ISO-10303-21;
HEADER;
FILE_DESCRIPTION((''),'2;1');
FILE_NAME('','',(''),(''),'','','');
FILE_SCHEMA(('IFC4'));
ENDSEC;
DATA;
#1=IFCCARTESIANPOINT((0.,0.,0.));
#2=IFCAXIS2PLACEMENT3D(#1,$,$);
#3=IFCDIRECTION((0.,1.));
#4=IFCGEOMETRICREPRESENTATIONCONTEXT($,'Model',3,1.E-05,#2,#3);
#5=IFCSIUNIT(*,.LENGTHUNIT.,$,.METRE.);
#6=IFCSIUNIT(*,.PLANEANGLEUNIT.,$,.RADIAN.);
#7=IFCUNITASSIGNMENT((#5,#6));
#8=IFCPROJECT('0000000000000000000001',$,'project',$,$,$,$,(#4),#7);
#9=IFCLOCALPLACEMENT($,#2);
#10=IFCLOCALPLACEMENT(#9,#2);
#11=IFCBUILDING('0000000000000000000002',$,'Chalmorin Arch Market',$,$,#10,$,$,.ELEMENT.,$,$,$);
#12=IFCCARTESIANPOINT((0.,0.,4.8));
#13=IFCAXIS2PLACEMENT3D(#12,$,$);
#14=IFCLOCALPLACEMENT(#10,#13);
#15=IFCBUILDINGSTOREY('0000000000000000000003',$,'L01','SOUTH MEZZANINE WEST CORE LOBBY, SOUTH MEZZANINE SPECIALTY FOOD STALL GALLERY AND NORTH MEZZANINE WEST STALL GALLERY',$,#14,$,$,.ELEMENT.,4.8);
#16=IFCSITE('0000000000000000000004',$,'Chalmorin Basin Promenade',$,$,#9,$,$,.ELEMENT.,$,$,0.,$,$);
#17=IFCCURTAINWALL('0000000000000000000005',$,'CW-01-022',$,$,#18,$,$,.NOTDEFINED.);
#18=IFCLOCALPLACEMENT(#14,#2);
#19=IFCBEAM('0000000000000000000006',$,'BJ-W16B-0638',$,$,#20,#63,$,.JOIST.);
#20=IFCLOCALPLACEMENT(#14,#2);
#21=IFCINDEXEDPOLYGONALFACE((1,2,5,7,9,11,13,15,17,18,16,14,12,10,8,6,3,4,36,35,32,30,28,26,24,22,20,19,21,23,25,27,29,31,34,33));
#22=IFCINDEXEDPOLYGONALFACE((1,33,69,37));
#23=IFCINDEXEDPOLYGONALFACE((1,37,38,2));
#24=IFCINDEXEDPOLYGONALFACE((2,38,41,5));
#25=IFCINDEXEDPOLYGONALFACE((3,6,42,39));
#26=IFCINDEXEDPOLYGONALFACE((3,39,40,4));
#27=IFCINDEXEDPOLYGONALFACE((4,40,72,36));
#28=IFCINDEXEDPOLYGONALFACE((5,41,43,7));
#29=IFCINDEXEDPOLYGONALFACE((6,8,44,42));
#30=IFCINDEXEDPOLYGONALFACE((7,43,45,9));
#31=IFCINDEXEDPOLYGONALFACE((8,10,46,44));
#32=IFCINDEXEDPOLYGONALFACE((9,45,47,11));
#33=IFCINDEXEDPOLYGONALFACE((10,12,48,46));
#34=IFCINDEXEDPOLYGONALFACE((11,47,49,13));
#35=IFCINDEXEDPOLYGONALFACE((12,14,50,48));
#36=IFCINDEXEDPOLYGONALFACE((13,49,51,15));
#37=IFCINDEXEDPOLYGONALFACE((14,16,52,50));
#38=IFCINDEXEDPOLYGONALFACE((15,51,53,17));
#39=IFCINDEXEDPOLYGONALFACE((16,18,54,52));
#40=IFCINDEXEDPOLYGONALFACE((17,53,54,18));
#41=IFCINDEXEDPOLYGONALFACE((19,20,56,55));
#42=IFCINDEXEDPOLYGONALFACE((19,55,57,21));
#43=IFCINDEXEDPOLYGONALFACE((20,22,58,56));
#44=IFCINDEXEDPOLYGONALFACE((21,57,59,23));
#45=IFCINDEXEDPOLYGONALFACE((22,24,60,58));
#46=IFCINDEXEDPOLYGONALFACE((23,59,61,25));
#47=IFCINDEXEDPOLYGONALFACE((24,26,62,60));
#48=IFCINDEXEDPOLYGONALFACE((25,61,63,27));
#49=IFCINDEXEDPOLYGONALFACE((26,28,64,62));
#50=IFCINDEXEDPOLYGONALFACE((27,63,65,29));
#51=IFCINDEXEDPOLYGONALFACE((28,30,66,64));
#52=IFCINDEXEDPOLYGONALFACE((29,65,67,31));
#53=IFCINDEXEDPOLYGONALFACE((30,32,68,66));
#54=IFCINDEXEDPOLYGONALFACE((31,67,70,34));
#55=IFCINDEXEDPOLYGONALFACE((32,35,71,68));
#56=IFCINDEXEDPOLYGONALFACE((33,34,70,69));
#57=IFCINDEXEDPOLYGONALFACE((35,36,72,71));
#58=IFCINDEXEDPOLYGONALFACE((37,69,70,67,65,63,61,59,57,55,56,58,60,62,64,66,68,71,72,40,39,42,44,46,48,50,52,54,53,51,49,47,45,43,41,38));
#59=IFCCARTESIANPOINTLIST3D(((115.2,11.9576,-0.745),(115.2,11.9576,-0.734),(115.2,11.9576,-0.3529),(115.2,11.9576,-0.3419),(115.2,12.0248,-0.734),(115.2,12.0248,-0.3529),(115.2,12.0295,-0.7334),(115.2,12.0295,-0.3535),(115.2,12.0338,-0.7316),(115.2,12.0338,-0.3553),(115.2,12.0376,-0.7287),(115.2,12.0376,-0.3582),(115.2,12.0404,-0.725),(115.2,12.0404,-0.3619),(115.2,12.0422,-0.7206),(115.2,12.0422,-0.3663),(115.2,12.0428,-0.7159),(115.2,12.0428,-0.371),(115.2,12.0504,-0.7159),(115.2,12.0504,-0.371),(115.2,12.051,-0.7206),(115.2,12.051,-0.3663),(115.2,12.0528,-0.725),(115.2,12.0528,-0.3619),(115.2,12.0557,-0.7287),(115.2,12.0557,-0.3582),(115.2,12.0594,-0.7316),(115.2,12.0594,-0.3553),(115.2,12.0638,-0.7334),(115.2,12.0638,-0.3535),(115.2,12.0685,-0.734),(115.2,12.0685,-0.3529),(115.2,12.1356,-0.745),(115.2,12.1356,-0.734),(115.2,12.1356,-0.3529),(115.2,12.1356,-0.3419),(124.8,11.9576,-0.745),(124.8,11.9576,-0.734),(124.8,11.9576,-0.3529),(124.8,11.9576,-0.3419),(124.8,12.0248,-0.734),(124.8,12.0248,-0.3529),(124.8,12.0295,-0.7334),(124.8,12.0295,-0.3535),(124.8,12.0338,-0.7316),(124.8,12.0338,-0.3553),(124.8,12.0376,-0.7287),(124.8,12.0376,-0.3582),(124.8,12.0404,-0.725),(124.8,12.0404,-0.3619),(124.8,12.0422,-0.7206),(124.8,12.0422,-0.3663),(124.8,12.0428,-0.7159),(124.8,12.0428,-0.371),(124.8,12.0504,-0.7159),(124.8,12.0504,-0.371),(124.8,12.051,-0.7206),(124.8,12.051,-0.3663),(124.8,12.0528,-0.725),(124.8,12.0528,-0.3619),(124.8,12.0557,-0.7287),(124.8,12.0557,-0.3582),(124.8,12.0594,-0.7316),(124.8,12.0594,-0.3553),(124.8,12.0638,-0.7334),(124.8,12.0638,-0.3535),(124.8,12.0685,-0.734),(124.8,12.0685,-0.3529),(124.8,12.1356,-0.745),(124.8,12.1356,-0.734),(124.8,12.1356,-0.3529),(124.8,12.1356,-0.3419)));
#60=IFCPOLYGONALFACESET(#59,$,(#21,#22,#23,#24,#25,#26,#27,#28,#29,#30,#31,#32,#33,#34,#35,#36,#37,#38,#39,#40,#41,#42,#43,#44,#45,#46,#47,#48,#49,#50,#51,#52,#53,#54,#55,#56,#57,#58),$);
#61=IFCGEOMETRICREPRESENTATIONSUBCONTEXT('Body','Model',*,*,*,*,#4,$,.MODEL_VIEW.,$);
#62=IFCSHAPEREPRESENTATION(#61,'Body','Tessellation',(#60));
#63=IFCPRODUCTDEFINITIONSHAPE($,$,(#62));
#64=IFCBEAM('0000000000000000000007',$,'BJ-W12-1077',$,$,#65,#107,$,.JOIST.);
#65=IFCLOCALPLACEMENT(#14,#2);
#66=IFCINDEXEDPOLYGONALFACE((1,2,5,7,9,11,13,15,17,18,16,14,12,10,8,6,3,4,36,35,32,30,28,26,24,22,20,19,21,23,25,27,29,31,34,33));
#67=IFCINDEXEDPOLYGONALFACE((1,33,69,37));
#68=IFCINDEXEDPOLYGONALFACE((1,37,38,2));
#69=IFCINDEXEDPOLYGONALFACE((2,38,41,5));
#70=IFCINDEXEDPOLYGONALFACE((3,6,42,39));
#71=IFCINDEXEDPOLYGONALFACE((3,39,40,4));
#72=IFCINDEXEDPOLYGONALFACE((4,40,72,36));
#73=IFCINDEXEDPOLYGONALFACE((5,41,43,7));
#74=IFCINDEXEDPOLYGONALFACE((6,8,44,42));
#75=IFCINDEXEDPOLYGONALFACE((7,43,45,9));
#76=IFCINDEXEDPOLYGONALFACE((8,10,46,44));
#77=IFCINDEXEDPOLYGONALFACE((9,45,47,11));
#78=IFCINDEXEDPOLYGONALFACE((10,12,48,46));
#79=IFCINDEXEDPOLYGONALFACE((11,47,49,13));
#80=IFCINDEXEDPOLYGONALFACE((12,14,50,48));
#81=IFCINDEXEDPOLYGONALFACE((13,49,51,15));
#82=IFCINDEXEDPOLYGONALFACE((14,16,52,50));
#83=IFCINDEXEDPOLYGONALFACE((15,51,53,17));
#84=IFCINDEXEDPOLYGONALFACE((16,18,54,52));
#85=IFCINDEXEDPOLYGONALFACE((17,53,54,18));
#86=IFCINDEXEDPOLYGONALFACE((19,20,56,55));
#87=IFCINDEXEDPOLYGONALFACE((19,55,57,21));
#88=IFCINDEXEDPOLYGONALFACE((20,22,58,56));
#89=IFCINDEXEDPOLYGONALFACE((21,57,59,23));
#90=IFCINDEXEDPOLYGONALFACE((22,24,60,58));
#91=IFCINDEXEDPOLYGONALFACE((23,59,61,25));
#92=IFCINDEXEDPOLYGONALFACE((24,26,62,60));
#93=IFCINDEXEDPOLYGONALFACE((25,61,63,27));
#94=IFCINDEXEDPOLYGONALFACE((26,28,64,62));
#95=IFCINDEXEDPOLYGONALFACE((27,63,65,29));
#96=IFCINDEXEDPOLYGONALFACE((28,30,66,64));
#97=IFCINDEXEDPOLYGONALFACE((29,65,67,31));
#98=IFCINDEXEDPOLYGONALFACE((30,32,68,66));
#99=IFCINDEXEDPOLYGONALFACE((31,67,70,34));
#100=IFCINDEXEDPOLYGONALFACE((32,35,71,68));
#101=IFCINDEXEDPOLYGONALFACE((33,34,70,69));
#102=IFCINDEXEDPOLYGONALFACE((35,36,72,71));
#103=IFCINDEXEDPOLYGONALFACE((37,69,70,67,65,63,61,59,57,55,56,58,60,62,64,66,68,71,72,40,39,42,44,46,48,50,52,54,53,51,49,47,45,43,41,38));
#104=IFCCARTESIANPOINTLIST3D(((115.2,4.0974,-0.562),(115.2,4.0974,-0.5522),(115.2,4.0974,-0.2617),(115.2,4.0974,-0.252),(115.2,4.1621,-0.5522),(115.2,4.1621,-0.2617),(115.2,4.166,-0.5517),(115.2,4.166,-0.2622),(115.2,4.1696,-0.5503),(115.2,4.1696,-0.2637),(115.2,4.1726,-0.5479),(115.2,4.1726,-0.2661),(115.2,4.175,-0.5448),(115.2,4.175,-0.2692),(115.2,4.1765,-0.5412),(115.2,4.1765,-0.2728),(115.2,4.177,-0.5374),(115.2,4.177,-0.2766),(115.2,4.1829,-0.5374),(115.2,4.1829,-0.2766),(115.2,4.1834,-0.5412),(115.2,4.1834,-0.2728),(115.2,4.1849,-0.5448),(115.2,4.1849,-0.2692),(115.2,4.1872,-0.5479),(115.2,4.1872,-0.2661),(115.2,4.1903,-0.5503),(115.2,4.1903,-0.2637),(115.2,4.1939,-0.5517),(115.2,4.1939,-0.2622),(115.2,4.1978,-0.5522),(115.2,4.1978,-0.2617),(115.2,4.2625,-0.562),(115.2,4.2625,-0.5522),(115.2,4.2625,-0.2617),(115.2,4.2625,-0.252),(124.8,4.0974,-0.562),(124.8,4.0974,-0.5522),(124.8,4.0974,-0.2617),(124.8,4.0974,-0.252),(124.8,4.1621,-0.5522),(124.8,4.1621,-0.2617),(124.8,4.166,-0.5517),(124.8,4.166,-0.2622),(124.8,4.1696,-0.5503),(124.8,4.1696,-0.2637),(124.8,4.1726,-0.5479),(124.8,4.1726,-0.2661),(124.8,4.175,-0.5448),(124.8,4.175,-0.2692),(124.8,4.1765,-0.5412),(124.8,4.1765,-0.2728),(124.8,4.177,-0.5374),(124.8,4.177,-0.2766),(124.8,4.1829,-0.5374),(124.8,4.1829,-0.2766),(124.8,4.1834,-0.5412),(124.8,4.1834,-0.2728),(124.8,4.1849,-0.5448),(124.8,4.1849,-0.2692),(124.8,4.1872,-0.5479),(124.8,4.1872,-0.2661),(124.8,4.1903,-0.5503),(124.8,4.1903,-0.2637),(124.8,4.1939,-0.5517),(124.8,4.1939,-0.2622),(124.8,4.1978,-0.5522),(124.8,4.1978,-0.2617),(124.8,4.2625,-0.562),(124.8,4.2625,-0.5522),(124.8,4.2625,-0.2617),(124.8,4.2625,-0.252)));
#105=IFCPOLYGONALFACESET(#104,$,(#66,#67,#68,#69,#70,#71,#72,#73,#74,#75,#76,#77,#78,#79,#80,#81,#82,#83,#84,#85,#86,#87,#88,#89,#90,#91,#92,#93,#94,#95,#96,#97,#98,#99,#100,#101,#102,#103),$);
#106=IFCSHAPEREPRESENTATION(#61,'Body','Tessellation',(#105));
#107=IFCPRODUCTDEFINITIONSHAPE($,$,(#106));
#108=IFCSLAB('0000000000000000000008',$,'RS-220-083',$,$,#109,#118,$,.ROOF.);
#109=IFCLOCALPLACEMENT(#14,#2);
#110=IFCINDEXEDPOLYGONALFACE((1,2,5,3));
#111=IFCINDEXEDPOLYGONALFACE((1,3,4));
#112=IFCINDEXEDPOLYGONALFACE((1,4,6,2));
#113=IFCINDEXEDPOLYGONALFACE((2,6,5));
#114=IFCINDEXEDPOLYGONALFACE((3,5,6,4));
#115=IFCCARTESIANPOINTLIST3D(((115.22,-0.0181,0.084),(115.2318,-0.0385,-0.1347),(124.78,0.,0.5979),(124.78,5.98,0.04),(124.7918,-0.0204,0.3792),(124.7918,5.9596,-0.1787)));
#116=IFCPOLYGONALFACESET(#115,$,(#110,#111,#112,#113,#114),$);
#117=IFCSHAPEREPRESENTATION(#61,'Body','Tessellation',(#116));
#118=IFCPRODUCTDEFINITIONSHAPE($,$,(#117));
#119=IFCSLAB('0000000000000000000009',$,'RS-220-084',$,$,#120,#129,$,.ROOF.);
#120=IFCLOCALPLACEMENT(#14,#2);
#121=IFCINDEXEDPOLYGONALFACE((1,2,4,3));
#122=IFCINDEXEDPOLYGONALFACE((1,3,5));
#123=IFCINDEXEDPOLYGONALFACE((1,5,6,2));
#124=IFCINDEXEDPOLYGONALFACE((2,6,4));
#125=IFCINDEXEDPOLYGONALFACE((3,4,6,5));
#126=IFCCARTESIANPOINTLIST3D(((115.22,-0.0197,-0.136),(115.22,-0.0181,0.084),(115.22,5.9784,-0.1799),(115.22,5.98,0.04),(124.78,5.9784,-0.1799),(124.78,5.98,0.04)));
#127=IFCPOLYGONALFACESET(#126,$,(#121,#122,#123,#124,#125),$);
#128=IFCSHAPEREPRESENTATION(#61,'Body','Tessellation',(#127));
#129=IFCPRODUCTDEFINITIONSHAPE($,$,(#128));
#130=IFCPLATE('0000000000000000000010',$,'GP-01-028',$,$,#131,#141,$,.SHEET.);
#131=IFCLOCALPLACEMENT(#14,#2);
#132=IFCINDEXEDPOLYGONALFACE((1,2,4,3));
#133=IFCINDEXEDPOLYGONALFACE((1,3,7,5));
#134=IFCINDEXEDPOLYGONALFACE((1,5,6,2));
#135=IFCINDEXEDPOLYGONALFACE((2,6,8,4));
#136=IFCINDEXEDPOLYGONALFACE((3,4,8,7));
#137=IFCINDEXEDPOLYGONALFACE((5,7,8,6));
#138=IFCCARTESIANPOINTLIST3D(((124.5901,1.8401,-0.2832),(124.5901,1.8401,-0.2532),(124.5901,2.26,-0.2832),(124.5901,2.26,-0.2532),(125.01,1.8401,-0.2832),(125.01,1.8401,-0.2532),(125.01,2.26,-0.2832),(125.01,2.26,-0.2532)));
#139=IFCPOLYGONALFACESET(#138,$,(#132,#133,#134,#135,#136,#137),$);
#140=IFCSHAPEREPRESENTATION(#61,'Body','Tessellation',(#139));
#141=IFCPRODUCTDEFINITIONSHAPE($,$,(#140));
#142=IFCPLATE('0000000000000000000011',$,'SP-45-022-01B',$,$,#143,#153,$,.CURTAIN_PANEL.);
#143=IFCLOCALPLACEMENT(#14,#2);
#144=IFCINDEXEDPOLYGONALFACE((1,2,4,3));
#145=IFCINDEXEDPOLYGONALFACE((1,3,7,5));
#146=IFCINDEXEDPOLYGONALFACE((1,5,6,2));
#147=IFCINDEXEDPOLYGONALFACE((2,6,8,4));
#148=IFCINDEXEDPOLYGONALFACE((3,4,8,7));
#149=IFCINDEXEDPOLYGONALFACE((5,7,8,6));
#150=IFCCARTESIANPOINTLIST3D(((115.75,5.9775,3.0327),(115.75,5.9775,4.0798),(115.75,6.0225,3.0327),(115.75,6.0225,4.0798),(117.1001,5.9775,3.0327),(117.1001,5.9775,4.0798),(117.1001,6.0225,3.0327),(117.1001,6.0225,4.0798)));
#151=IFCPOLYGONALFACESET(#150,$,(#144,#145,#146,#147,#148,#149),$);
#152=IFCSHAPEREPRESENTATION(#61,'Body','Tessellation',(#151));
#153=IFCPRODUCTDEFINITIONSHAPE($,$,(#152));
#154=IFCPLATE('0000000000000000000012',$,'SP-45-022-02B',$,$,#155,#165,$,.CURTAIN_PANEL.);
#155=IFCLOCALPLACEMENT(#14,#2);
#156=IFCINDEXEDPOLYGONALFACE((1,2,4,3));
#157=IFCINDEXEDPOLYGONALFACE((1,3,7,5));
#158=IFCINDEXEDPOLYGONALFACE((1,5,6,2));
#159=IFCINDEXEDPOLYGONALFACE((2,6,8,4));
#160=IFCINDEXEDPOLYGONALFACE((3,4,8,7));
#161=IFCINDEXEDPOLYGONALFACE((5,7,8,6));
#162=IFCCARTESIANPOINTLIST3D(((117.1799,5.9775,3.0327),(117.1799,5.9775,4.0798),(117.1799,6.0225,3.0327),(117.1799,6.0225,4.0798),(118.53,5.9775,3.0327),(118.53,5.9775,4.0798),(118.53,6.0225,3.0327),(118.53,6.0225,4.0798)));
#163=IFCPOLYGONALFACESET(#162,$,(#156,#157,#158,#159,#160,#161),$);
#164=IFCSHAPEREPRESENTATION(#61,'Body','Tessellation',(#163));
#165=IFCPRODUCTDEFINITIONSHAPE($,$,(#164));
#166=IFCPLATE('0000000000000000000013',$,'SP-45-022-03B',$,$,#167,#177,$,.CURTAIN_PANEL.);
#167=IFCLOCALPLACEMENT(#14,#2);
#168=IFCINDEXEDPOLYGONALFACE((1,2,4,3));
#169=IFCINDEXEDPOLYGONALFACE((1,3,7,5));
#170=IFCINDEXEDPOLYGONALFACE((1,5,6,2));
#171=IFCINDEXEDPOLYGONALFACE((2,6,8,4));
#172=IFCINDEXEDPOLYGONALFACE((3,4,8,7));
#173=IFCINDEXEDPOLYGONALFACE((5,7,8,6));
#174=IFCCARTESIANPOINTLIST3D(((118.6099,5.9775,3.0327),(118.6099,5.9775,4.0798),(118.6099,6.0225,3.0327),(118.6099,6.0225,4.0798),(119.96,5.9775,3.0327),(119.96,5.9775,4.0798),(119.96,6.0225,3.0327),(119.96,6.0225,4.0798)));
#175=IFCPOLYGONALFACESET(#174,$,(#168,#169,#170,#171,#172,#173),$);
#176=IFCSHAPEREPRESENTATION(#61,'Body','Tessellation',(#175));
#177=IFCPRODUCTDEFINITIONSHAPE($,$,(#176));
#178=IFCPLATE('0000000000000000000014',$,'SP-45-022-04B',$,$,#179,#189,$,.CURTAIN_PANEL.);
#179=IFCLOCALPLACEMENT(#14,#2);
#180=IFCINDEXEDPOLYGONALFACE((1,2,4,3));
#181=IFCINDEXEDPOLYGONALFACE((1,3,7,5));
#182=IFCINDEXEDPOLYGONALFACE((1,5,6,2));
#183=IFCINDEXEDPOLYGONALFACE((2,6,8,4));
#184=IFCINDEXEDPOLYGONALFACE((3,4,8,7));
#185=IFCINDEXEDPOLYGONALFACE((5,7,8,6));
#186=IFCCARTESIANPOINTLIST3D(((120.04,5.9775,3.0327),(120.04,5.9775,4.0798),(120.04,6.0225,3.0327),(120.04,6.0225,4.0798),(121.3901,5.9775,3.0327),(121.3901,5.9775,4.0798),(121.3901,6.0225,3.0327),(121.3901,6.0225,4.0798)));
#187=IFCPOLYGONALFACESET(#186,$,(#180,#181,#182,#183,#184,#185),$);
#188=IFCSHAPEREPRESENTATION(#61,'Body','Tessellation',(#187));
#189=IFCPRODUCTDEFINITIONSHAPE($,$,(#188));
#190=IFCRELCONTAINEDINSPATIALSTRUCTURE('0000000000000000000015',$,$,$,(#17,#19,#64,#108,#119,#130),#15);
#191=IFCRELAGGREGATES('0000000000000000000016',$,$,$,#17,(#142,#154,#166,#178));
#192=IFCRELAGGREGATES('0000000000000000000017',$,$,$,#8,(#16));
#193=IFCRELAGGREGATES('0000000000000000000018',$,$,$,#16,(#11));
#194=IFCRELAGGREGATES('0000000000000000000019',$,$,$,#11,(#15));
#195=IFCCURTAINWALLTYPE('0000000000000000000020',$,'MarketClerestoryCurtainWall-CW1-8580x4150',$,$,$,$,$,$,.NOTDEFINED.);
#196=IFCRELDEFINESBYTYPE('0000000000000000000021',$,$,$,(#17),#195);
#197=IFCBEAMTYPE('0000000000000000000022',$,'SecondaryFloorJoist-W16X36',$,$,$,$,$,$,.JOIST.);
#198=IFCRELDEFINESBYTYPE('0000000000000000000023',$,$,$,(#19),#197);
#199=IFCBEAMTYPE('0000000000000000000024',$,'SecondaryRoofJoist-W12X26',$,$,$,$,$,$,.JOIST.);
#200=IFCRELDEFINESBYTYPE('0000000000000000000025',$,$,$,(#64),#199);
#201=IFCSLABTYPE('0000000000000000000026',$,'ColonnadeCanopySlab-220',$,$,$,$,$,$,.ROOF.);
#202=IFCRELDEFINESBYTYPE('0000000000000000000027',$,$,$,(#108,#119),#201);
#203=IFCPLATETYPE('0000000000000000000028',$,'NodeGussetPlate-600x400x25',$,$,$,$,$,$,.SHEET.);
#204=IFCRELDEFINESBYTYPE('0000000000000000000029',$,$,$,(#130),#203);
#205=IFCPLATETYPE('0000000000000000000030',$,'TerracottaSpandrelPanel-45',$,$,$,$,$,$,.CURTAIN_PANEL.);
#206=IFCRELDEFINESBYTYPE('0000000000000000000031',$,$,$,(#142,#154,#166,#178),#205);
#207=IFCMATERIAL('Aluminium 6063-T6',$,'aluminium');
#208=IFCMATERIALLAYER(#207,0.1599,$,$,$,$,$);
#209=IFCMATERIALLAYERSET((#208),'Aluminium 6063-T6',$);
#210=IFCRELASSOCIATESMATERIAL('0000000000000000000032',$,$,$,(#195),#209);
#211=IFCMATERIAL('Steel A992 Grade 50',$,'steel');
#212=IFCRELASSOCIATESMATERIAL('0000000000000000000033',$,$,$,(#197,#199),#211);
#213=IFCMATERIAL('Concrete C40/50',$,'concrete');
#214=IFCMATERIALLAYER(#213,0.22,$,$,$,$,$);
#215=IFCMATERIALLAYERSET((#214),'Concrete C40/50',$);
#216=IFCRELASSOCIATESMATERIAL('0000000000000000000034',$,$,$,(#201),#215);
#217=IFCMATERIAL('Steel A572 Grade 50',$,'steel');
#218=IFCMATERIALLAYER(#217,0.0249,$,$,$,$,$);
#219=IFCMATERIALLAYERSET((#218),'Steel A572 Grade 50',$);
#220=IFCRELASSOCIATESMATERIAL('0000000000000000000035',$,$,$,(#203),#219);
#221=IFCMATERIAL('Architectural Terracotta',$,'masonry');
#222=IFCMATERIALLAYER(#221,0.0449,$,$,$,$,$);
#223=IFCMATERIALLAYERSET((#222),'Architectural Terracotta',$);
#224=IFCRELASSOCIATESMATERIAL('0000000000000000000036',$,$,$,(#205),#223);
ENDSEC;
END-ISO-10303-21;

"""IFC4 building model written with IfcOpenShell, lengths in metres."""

from ifc_helpers import new_model, si_unit, direction, frame, origin, origin_2d, place, context, subcontext, project, spatial, polyline, rectangle, i_section, outline, extrude, material, layer, layer_set, material_profile, profile_set, type_object, element, aggregate, save


model = new_model("IFC4")

# Units and contexts
model_context = context("Model", 3, precision=1e-05, world=origin(), true_north=direction((0.0, 1.0)))
body_context = subcontext(model_context, "Body", "Model", "MODEL_VIEW")
ifc_project = project(units=[si_unit("LENGTHUNIT", "METRE"), si_unit("PLANEANGLEUNIT", "RADIAN")], contexts=[model_context])

# Site, building, storey
site_placement = place(None, origin())
site = spatial("IfcSite", under=ifc_project, at=site_placement, Name="Chalmorin Basin Promenade", CompositionType="ELEMENT", RefElevation=0.0)
building_placement = place(site_placement, origin())
building = spatial("IfcBuilding", under=site, at=building_placement, Name="Chalmorin Arch Market", CompositionType="ELEMENT")
storey_placement = place(building_placement, frame((0.0, 0.0, 4.8)))
storey = spatial("IfcBuildingStorey", under=building, at=storey_placement, Name="L01", Description="SOUTH MEZZANINE WEST CORE LOBBY, SOUTH MEZZANINE SPECIALTY FOOD STALL GALLERY AND NORTH MEZZANINE WEST STALL GALLERY", CompositionType="ELEMENT", Elevation=4.8)

# Shared definitions
ifc_material_1 = material(Name="Concrete C40/50", Category="concrete")

# Curtain wall
ifc_material_2 = material(Name="Aluminium 6063-T6", Category="aluminium")
ifc_layer_1 = layer(ifc_material_2, 0.1599)
ifc_layer_set_1 = layer_set([ifc_layer_1], Name="Aluminium 6063-T6")
curtain_wall_type = type_object("IfcCurtainWallType", Name="MarketClerestoryCurtainWall-CW1-8580x4150", PredefinedType="NOTDEFINED", material=ifc_layer_set_1)
curtain_wall_placement = place(storey_placement, origin())
curtain_wall = element("IfcCurtainWall", 1, at=curtain_wall_placement, inside=storey, type_object=curtain_wall_type, Name="CW-01-022", PredefinedType="NOTDEFINED")

# Beams
ifc_material_3 = material(Name="Steel A992 Grade 50", Category="steel")
ifc_material_profile_1 = material_profile(ifc_material_3, i_section(OverallWidth=0.178, OverallDepth=0.4031, WebThickness=0.0076, FlangeThickness=0.011, FilletRadius=0.0181, at=origin_2d()), Name="W16X36")
ifc_profile_set_1 = profile_set([ifc_material_profile_1], Name="Steel A992 Grade 50")
beam_type_1 = type_object("IfcBeamType", Name="SecondaryFloorJoist-W16X36", PredefinedType="JOIST", material=ifc_profile_set_1)
for number, where, z_axis, x_axis, name in (
    (2, (115.2, 12.0466, -0.5435), (1.0, 0.0, 0.0), (0.0, 1.0, 0.0), "BJ-W16B-0638"),
):
    element("IfcBeam", number, at=place(storey_placement, frame(where, z_axis=z_axis, x_axis=x_axis)), inside=storey, type_object=beam_type_1, Name=name, PredefinedType="JOIST", context=body_context, shape_type="SweptSolid", body=[
        extrude(i_section(OverallWidth=0.178, OverallDepth=0.4031, WebThickness=0.0076, FlangeThickness=0.011, FilletRadius=0.0181, at=origin_2d()), origin(), (0.0, 0.0, 1.0), 9.6001),
    ])
ifc_material_profile_2 = material_profile(ifc_material_3, i_section(OverallWidth=0.165, OverallDepth=0.3101, WebThickness=0.0059, FlangeThickness=0.0098, FilletRadius=0.0149, at=origin_2d()), Name="W12X26")
ifc_profile_set_2 = profile_set([ifc_material_profile_2], Name="Steel A992 Grade 50")
beam_type_2 = type_object("IfcBeamType", Name="SecondaryRoofJoist-W12X26", PredefinedType="JOIST", material=ifc_profile_set_2)
beam_1_placement = place(storey_placement, frame((115.2, 4.1799, -0.407), z_axis=(1.0, 0.0, 0.0), x_axis=(0.0, 1.0, 0.0)))
element("IfcBeam", 3, at=beam_1_placement, inside=storey, type_object=beam_type_2, Name="BJ-W12-1077", PredefinedType="JOIST", context=body_context, shape_type="SweptSolid", body=[
    extrude(i_section(OverallWidth=0.165, OverallDepth=0.3101, WebThickness=0.0059, FlangeThickness=0.0098, FilletRadius=0.0149, at=origin_2d()), origin(), (0.0, 0.0, 1.0), 9.6001),
])

# Slabs
ifc_layer_2 = layer(ifc_material_1, 0.22)
ifc_layer_set_2 = layer_set([ifc_layer_2], Name="Concrete C40/50")
slab_type = type_object("IfcSlabType", Name="ColonnadeCanopySlab-220", PredefinedType="ROOF", material=ifc_layer_set_2)
slab_1_placement = place(storey_placement, frame((115.22, -0.0181, 0.084), z_axis=(-0.053622, 0.092751, 0.994244), x_axis=(0.998556, 0.001887, 0.053679)))
element("IfcSlab", 4, at=slab_1_placement, inside=storey, type_object=slab_type, Name="RS-220-083", PredefinedType="ROOF", context=body_context, shape_type="SweptSolid", body=[
    extrude(outline(polyline([(0.0, 0.0), (9.5739, 0.0), (9.5552, 6.0059), (0.0, 0.0)])), origin(), (0.0, 0.0, -1.0), 0.22),
])
slab_2_placement = place(storey_placement, frame((115.22, -0.0181, 0.084), z_axis=(0.0, 0.007326, 0.999973), x_axis=(0.847074, 0.53146, -0.003894)))
element("IfcSlab", 5, at=slab_2_placement, inside=storey, type_object=slab_type, Name="RS-220-084", PredefinedType="ROOF", context=body_context, shape_type="SweptSolid", body=[
    extrude(outline(polyline([(0.0, 0.0), (11.286, 0.0), (3.1879, 5.0809), (0.0, 0.0)])), origin(), (0.0, 0.0, -1.0), 0.22),
])

# Plates
ifc_material_4 = material(Name="Steel A572 Grade 50", Category="steel")
ifc_layer_3 = layer(ifc_material_4, 0.0249)
ifc_layer_set_3 = layer_set([ifc_layer_3], Name="Steel A572 Grade 50")
plate_type_1 = type_object("IfcPlateType", Name="NodeGussetPlate-600x400x25", PredefinedType="SHEET", material=ifc_layer_set_3)
plate_1_placement = place(storey_placement, frame((124.8, 2.05, -0.2832), z_axis=(0.0, 0.0, 1.0), x_axis=(1.0, 0.0, 0.0)))
element("IfcPlate", 6, at=plate_1_placement, inside=storey, type_object=plate_type_1, Name="GP-01-028", PredefinedType="SHEET", context=body_context, shape_type="SweptSolid", body=[
    extrude(rectangle(XDim=0.4199, YDim=0.4199, at=origin_2d()), origin(), (0.0, 0.0, 1.0), 0.03),
])
ifc_material_5 = material(Name="Architectural Terracotta", Category="masonry")
ifc_layer_4 = layer(ifc_material_5, 0.0449)
ifc_layer_set_4 = layer_set([ifc_layer_4], Name="Architectural Terracotta")
plate_type_2 = type_object("IfcPlateType", Name="TerracottaSpandrelPanel-45", PredefinedType="CURTAIN_PANEL", material=ifc_layer_set_4)
plate_2_placement = place(storey_placement, frame((116.425, 6.0, 3.0327), z_axis=(0.0, 0.0, 1.0), x_axis=(1.0, 0.0, 0.0)))
plate_2 = element("IfcPlate", 7, at=plate_2_placement, type_object=plate_type_2, Name="SP-45-022-01B", PredefinedType="CURTAIN_PANEL", context=body_context, shape_type="SweptSolid", body=[
    extrude(rectangle(XDim=1.3501, YDim=0.0449, at=origin_2d()), origin(), (0.0, 0.0, 1.0), 1.0471),
])
plate_3_placement = place(storey_placement, frame((117.855, 6.0, 3.0327), z_axis=(0.0, 0.0, 1.0), x_axis=(1.0, 0.0, 0.0)))
plate_3 = element("IfcPlate", 8, at=plate_3_placement, type_object=plate_type_2, Name="SP-45-022-02B", PredefinedType="CURTAIN_PANEL", context=body_context, shape_type="SweptSolid", body=[
    extrude(rectangle(XDim=1.3501, YDim=0.0449, at=origin_2d()), origin(), (0.0, 0.0, 1.0), 1.0471),
])
plate_4_placement = place(storey_placement, frame((119.2849, 6.0, 3.0327), z_axis=(0.0, 0.0, 1.0), x_axis=(1.0, 0.0, 0.0)))
plate_4 = element("IfcPlate", 9, at=plate_4_placement, type_object=plate_type_2, Name="SP-45-022-03B", PredefinedType="CURTAIN_PANEL", context=body_context, shape_type="SweptSolid", body=[
    extrude(rectangle(XDim=1.3501, YDim=0.0449, at=origin_2d()), origin(), (0.0, 0.0, 1.0), 1.0471),
])
plate_5_placement = place(storey_placement, frame((120.7151, 6.0, 3.0327), z_axis=(0.0, 0.0, 1.0), x_axis=(1.0, 0.0, 0.0)))
plate_5 = element("IfcPlate", 10, at=plate_5_placement, type_object=plate_type_2, Name="SP-45-022-04B", PredefinedType="CURTAIN_PANEL", context=body_context, shape_type="SweptSolid", body=[
    extrude(rectangle(XDim=1.3501, YDim=0.0449, at=origin_2d()), origin(), (0.0, 0.0, 1.0), 1.0471),
])
aggregate(curtain_wall, [plate_2, plate_3, plate_4, plate_5])

save(model, "model.ifc")
